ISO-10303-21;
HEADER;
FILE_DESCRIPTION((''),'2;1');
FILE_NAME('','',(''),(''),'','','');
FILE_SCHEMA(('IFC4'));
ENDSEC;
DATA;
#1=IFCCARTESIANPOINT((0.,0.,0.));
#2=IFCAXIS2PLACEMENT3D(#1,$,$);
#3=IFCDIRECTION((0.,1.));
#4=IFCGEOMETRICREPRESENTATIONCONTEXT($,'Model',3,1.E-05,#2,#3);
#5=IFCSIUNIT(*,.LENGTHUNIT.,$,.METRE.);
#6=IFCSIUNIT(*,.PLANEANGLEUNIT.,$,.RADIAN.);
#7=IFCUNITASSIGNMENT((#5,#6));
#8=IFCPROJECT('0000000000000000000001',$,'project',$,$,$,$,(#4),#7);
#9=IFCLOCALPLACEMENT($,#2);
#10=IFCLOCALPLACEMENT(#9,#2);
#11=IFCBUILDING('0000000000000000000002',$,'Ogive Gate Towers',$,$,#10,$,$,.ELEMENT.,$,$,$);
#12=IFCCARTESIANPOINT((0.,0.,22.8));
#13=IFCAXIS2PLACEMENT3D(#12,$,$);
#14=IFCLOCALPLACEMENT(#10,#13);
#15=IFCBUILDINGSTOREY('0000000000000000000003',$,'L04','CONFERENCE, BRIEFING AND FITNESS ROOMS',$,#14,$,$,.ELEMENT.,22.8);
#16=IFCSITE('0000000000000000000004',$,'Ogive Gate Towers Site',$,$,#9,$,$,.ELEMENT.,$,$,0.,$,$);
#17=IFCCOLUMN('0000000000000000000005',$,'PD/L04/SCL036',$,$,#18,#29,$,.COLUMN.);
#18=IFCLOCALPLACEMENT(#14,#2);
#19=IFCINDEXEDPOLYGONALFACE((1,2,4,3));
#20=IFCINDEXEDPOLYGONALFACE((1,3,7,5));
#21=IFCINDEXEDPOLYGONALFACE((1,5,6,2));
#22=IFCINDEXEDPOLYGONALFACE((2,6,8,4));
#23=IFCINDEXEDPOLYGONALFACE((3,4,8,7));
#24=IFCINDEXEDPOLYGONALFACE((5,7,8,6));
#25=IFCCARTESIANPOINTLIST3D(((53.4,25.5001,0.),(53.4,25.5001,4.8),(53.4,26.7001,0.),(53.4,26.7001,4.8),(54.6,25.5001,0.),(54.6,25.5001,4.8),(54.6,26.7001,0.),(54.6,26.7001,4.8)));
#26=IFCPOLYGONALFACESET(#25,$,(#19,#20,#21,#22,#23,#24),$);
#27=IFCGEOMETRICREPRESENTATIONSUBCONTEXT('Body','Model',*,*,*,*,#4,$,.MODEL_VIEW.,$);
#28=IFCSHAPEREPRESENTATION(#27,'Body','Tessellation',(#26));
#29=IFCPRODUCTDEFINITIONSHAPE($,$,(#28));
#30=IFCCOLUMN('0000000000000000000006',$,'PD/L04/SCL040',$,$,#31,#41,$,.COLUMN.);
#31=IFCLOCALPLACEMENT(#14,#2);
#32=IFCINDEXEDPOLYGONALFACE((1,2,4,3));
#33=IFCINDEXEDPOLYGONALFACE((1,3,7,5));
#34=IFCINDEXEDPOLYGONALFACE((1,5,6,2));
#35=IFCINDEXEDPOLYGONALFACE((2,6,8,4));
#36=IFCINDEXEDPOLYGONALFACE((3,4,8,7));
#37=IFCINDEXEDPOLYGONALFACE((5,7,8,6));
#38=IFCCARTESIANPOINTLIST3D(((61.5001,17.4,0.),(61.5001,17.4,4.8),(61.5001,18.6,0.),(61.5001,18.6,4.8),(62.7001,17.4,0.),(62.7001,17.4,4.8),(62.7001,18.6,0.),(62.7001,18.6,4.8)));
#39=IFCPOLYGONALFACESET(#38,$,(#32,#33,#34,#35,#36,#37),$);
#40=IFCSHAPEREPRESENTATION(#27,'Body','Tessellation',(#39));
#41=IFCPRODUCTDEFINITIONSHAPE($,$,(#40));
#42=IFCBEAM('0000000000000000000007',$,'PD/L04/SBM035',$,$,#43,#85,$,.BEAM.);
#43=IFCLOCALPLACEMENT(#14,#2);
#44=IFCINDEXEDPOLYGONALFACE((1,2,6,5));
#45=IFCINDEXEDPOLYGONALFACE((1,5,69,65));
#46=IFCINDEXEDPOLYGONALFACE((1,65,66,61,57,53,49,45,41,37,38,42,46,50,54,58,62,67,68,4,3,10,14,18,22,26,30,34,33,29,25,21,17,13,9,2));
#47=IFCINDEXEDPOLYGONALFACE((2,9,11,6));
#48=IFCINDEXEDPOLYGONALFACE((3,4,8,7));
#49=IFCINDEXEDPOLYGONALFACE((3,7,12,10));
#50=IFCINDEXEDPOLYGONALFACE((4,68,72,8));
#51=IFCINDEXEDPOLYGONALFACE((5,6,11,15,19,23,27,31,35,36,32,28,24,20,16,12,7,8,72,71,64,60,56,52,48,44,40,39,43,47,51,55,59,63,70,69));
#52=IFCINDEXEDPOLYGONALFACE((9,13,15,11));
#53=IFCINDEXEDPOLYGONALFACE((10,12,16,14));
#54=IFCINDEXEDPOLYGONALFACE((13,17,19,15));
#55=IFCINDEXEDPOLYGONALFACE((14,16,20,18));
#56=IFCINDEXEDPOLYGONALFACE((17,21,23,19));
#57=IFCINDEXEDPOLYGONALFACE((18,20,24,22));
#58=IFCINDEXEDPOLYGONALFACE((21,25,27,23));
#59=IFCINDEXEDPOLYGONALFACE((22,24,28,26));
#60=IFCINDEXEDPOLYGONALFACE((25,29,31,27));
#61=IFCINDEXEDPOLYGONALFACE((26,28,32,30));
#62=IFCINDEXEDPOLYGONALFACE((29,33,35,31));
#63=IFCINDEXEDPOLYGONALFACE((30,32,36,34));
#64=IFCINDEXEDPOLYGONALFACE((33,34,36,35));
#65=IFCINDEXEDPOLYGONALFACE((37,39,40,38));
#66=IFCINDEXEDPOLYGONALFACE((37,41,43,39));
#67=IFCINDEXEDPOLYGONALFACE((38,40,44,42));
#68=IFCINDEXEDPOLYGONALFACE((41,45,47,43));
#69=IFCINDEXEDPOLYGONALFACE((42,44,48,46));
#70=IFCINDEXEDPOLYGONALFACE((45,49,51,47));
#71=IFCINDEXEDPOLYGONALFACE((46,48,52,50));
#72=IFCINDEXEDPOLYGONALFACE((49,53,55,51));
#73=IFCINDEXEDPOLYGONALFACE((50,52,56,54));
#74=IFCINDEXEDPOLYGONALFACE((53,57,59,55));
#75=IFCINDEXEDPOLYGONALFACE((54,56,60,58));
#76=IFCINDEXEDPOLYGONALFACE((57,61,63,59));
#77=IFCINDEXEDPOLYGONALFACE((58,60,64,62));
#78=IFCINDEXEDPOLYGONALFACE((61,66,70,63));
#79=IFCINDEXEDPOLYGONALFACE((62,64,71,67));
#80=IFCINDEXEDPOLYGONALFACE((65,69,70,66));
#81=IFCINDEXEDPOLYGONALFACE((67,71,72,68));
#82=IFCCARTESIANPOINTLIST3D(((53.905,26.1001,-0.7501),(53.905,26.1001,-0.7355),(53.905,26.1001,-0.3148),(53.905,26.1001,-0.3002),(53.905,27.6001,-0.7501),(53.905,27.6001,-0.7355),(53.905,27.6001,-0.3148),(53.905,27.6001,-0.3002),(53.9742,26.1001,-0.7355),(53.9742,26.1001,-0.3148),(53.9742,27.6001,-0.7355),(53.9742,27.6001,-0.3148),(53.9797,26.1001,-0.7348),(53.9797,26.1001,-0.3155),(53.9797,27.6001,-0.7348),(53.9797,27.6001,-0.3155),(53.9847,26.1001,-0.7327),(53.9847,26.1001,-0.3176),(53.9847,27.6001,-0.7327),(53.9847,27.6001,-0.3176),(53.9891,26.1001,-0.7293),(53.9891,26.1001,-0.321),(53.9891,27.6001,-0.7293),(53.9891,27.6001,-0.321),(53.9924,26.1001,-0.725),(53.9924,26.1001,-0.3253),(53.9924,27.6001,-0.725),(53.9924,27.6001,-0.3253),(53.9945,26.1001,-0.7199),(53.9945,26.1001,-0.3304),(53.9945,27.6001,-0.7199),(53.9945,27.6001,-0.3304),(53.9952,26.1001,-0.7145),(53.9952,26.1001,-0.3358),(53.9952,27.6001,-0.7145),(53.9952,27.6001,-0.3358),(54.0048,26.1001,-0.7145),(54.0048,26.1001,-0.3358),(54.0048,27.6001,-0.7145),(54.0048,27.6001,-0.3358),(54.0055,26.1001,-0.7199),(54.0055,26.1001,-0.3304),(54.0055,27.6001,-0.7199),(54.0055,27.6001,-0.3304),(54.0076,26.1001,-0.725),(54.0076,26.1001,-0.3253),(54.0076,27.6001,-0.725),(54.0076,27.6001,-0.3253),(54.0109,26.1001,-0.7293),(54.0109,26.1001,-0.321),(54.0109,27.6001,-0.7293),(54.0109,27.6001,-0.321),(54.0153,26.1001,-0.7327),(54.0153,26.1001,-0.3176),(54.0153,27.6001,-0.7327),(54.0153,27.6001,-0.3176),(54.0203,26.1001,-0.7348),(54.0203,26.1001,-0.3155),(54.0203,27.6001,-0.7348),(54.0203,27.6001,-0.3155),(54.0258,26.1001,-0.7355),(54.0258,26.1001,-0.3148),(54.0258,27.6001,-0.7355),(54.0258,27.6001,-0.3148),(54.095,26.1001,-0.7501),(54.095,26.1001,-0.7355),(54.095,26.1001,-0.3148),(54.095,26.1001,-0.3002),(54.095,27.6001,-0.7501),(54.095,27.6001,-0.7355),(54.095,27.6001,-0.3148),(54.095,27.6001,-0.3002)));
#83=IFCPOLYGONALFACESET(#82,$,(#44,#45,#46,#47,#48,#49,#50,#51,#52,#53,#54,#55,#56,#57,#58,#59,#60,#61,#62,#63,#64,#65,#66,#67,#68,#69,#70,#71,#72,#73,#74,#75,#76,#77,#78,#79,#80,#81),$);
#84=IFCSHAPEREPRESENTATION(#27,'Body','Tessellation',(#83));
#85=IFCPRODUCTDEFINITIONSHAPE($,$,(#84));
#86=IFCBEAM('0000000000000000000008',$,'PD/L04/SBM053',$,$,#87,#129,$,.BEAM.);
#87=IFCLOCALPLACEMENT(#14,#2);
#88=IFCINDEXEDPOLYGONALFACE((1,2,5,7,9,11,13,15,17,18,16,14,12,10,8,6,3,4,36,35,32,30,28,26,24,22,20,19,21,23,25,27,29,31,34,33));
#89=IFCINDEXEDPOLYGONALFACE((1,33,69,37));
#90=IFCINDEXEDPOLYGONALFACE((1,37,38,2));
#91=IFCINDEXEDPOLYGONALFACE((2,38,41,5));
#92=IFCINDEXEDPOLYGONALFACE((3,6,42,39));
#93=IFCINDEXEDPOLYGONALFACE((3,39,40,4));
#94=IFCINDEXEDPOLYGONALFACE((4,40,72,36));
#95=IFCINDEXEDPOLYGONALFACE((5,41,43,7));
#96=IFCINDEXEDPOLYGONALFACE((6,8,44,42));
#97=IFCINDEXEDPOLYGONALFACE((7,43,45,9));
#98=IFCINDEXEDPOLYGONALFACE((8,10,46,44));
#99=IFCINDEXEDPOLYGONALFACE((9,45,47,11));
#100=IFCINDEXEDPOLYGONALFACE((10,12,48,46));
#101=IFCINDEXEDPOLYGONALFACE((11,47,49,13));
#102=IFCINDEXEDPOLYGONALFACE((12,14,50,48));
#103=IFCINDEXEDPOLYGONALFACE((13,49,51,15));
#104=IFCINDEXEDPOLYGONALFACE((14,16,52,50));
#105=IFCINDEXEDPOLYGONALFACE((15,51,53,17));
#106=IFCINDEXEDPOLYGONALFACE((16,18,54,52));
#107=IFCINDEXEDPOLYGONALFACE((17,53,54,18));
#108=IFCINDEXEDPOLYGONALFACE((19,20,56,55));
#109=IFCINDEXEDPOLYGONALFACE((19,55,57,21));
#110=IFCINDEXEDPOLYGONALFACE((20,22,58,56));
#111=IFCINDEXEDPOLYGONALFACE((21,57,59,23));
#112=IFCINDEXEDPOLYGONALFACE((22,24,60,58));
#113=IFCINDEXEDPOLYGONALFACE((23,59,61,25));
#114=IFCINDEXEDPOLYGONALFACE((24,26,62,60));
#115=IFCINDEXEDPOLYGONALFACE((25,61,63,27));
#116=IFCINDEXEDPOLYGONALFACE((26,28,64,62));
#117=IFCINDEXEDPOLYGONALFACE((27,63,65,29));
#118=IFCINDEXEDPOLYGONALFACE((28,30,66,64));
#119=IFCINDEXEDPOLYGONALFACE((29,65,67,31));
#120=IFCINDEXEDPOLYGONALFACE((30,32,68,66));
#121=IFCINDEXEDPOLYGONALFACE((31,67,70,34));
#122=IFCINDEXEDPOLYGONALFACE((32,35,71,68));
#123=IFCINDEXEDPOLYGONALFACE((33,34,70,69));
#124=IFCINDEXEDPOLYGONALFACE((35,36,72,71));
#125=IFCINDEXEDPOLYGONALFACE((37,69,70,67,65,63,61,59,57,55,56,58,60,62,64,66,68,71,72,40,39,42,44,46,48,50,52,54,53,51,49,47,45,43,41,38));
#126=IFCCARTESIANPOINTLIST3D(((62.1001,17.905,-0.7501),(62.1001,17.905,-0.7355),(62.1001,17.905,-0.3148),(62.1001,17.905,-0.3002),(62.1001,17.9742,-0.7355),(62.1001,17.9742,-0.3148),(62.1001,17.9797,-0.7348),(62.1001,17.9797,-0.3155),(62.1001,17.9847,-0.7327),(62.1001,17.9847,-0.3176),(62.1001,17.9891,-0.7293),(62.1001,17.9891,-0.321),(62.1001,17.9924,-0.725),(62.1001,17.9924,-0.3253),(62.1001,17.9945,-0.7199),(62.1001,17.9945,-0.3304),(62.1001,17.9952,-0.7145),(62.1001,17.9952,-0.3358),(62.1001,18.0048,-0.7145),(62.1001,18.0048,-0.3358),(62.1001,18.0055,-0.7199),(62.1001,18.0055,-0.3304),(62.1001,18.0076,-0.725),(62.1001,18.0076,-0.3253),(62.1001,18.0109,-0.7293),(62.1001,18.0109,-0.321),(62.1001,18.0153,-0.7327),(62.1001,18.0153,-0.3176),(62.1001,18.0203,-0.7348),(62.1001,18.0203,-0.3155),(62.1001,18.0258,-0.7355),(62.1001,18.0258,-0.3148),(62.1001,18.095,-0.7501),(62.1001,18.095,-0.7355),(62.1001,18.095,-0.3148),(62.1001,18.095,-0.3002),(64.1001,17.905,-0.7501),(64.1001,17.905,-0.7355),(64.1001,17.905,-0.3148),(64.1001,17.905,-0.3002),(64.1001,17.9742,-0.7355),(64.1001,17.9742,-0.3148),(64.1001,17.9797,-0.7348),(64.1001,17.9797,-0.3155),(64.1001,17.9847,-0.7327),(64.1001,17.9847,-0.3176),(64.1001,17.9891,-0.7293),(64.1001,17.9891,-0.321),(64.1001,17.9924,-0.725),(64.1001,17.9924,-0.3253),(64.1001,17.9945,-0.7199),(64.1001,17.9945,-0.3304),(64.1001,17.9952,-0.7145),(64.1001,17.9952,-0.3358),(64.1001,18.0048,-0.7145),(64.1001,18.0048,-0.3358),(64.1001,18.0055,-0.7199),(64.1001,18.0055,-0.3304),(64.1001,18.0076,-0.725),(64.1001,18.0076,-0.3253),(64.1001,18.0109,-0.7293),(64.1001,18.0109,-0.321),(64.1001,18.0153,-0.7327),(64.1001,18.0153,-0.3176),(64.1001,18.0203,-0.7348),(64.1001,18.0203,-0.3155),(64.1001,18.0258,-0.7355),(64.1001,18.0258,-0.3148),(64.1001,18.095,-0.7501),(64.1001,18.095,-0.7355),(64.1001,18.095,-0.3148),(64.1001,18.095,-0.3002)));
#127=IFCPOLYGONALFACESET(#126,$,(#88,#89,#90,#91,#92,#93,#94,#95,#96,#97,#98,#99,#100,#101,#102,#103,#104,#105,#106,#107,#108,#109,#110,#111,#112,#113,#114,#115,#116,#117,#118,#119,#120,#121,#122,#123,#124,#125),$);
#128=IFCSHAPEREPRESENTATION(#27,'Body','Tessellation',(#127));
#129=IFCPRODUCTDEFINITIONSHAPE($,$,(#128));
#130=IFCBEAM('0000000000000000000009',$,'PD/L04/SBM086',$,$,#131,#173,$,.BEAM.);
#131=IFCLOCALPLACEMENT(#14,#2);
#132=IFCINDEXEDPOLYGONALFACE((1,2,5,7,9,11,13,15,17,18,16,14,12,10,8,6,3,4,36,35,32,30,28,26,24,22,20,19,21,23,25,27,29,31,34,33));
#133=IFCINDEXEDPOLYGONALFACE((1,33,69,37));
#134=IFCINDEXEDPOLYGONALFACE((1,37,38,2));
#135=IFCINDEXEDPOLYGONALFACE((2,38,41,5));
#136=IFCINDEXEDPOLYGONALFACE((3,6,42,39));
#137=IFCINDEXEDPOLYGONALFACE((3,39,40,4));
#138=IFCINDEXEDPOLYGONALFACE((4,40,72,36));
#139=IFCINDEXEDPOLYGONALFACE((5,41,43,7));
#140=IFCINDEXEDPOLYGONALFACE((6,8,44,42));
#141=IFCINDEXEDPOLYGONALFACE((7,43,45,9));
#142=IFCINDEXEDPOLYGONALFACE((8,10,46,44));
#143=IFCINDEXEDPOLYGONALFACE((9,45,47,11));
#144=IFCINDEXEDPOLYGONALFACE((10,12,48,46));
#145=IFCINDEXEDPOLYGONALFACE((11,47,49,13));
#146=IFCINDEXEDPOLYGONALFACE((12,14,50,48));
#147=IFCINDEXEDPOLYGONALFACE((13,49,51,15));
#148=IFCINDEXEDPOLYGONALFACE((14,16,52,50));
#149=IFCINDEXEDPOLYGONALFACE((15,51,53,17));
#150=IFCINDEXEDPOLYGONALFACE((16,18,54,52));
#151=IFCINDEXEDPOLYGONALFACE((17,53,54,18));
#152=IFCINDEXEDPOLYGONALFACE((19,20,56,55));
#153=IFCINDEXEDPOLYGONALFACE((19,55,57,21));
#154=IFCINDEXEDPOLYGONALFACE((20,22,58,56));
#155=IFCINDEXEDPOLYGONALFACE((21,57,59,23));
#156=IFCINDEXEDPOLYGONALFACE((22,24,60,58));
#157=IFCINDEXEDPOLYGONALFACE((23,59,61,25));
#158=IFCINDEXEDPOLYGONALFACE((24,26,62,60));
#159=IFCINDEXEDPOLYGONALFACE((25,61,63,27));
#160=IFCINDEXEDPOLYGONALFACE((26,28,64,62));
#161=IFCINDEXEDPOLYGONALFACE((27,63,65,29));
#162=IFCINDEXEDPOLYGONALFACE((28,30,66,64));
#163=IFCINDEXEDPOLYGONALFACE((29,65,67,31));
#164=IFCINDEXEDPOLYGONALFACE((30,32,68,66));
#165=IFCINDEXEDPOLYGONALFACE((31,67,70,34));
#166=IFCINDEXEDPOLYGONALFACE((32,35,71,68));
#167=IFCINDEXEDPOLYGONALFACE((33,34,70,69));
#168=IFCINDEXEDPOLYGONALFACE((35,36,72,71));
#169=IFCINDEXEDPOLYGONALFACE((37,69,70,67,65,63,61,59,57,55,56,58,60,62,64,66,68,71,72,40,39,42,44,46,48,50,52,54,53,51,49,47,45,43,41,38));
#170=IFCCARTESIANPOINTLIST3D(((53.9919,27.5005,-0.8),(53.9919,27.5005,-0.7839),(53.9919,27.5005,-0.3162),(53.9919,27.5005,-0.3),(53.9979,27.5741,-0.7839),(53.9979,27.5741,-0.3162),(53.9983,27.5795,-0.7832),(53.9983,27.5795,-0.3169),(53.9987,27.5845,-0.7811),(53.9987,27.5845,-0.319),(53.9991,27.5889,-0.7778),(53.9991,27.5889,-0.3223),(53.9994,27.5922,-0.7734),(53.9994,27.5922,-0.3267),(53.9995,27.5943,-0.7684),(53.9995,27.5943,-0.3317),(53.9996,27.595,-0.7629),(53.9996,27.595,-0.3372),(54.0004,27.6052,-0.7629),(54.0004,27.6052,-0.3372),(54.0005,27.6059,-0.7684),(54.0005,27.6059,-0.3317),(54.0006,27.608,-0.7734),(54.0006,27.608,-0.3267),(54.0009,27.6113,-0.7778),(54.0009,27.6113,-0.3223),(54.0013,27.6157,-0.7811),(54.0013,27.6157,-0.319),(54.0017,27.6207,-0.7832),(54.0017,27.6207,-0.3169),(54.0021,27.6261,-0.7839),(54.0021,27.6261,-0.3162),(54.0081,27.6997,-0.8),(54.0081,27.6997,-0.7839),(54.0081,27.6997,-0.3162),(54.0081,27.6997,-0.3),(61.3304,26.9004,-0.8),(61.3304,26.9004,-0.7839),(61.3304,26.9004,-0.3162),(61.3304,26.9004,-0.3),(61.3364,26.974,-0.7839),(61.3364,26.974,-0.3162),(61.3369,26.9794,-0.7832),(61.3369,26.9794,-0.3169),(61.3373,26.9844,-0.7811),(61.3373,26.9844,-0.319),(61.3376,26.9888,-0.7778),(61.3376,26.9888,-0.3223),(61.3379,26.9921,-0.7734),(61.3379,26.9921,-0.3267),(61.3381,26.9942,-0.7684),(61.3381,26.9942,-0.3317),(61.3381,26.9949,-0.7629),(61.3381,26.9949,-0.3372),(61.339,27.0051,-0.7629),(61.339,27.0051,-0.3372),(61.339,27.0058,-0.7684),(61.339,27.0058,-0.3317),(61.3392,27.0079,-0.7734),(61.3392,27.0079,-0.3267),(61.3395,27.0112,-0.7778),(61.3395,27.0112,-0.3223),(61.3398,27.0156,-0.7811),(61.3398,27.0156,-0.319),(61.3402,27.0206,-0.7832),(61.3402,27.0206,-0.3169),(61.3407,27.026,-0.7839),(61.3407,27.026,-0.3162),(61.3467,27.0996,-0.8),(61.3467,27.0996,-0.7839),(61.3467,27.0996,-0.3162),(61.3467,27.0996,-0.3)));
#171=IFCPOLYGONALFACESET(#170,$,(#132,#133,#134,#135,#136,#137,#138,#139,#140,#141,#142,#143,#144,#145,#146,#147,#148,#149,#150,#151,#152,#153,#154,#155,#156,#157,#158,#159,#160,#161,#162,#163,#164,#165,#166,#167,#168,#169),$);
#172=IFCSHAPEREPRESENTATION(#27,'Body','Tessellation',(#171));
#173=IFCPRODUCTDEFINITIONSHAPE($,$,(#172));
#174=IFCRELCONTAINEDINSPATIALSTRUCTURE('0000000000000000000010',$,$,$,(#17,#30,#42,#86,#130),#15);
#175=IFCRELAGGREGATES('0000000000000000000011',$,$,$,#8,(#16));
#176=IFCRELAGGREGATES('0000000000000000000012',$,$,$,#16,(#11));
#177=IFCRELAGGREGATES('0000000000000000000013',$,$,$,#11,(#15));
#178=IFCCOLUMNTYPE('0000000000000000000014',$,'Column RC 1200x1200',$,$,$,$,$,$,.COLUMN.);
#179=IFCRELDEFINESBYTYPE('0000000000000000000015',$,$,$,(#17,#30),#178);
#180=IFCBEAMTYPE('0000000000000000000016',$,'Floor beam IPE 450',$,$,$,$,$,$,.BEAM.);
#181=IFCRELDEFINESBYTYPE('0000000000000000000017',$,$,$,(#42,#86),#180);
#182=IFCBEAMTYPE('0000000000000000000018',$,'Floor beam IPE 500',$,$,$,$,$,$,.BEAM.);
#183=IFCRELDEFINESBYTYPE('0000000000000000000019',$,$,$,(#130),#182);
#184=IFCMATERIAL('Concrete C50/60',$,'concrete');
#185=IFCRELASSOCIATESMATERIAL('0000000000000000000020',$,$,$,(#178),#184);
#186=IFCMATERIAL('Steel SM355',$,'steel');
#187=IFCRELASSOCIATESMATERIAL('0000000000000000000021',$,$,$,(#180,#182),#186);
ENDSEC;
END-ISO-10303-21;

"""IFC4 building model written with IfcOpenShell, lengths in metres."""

from ifc_helpers import new_model, si_unit, direction, frame, origin, origin_2d, place, context, subcontext, project, spatial, rectangle, i_section, extrude, material, material_profile, profile_set, type_object, element, save


model = new_model("IFC4")

# Units and contexts
model_context = context("Model", 3, precision=1e-05, world=origin(), true_north=direction((0.0, 1.0)))
body_context = subcontext(model_context, "Body", "Model", "MODEL_VIEW")
ifc_project = project(units=[si_unit("LENGTHUNIT", "METRE"), si_unit("PLANEANGLEUNIT", "RADIAN")], contexts=[model_context])

# Site, building, storey
site_placement = place(None, origin())
site = spatial("IfcSite", under=ifc_project, at=site_placement, Name="Ogive Gate Towers Site", CompositionType="ELEMENT", RefElevation=0.0)
building_placement = place(site_placement, origin())
building = spatial("IfcBuilding", under=site, at=building_placement, Name="Ogive Gate Towers", CompositionType="ELEMENT")
storey_placement = place(building_placement, frame((0.0, 0.0, 22.8)))
storey = spatial("IfcBuildingStorey", under=building, at=storey_placement, Name="L04", Description="CONFERENCE, BRIEFING AND FITNESS ROOMS", CompositionType="ELEMENT", Elevation=22.8)

# Columns
ifc_material_1 = material(Name="Concrete C50/60", Category="concrete")
ifc_material_profile_1 = material_profile(ifc_material_1, rectangle(XDim=1.2, YDim=1.2, at=origin_2d()), Name="RC 1200x1200")
ifc_profile_set_1 = profile_set([ifc_material_profile_1], Name="Concrete C50/60")
column_type = type_object("IfcColumnType", Name="Column RC 1200x1200", PredefinedType="COLUMN", material=ifc_profile_set_1)
for number, where, z_axis, x_axis, name in (
    (1, (54.0, 26.1001, 0.0), (0.0, 0.0, 1.0), (1.0, 0.0, 0.0), "PD/L04/SCL036"),
    (2, (62.1001, 18.0, 0.0), (0.0, 0.0, 1.0), (1.0, 0.0, 0.0), "PD/L04/SCL040"),
):
    element("IfcColumn", number, at=place(storey_placement, frame(where, z_axis=z_axis, x_axis=x_axis)), inside=storey, type_object=column_type, Name=name, PredefinedType="COLUMN", context=body_context, shape_type="SweptSolid", body=[
        extrude(rectangle(XDim=1.2, YDim=1.2, at=origin_2d()), origin(), (0.0, 0.0, 1.0), 4.8),
    ])

# Beams
ifc_material_2 = material(Name="Steel SM355", Category="steel")
ifc_material_profile_2 = material_profile(ifc_material_2, i_section(OverallWidth=0.1899, OverallDepth=0.45, WebThickness=0.0095, FlangeThickness=0.0146, FilletRadius=0.021, at=origin_2d()), Name="IPE 450")
ifc_profile_set_2 = profile_set([ifc_material_profile_2], Name="Steel SM355")
beam_type_1 = type_object("IfcBeamType", Name="Floor beam IPE 450", PredefinedType="BEAM", material=ifc_profile_set_2)
beam_1_placement = place(storey_placement, frame((54.0, 26.1001, -0.5251), z_axis=(0.0, 1.0, 0.0), x_axis=(-1.0, 0.0, 0.0)))
element("IfcBeam", 3, at=beam_1_placement, inside=storey, type_object=beam_type_1, Name="PD/L04/SBM035", PredefinedType="BEAM", context=body_context, shape_type="SweptSolid", body=[
    extrude(i_section(OverallWidth=0.1899, OverallDepth=0.45, WebThickness=0.0095, FlangeThickness=0.0146, FilletRadius=0.021, at=origin_2d()), origin(), (0.0, 0.0, 1.0), 1.5),
])
beam_2_placement = place(storey_placement, frame((62.1001, 18.0, -0.5251), z_axis=(1.0, 0.0, 0.0), x_axis=(0.0, 1.0, 0.0)))
element("IfcBeam", 4, at=beam_2_placement, inside=storey, type_object=beam_type_1, Name="PD/L04/SBM053", PredefinedType="BEAM", context=body_context, shape_type="SweptSolid", body=[
    extrude(i_section(OverallWidth=0.1899, OverallDepth=0.45, WebThickness=0.0095, FlangeThickness=0.0146, FilletRadius=0.021, at=origin_2d()), origin(), (0.0, 0.0, 1.0), 2.0),
])
ifc_material_profile_3 = material_profile(ifc_material_2, i_section(OverallWidth=0.2, OverallDepth=0.5, WebThickness=0.0103, FlangeThickness=0.0161, FilletRadius=0.021, at=origin_2d()), Name="IPE 500")
ifc_profile_set_3 = profile_set([ifc_material_profile_3], Name="Steel SM355")
beam_type_2 = type_object("IfcBeamType", Name="Floor beam IPE 500", PredefinedType="BEAM", material=ifc_profile_set_3)
beam_3_placement = place(storey_placement, frame((54.0, 27.6001, -0.55), z_axis=(0.996673, -0.0815, 0.0), x_axis=(0.0815, 0.996673, 0.0)))
element("IfcBeam", 5, at=beam_3_placement, inside=storey, type_object=beam_type_2, Name="PD/L04/SBM086", PredefinedType="BEAM", context=body_context, shape_type="SweptSolid", body=[
    extrude(i_section(OverallWidth=0.2, OverallDepth=0.5, WebThickness=0.0103, FlangeThickness=0.0161, FilletRadius=0.021, at=origin_2d()), origin(), (0.0, 0.0, 1.0), 7.363),
])

save(model, "model.ifc")
